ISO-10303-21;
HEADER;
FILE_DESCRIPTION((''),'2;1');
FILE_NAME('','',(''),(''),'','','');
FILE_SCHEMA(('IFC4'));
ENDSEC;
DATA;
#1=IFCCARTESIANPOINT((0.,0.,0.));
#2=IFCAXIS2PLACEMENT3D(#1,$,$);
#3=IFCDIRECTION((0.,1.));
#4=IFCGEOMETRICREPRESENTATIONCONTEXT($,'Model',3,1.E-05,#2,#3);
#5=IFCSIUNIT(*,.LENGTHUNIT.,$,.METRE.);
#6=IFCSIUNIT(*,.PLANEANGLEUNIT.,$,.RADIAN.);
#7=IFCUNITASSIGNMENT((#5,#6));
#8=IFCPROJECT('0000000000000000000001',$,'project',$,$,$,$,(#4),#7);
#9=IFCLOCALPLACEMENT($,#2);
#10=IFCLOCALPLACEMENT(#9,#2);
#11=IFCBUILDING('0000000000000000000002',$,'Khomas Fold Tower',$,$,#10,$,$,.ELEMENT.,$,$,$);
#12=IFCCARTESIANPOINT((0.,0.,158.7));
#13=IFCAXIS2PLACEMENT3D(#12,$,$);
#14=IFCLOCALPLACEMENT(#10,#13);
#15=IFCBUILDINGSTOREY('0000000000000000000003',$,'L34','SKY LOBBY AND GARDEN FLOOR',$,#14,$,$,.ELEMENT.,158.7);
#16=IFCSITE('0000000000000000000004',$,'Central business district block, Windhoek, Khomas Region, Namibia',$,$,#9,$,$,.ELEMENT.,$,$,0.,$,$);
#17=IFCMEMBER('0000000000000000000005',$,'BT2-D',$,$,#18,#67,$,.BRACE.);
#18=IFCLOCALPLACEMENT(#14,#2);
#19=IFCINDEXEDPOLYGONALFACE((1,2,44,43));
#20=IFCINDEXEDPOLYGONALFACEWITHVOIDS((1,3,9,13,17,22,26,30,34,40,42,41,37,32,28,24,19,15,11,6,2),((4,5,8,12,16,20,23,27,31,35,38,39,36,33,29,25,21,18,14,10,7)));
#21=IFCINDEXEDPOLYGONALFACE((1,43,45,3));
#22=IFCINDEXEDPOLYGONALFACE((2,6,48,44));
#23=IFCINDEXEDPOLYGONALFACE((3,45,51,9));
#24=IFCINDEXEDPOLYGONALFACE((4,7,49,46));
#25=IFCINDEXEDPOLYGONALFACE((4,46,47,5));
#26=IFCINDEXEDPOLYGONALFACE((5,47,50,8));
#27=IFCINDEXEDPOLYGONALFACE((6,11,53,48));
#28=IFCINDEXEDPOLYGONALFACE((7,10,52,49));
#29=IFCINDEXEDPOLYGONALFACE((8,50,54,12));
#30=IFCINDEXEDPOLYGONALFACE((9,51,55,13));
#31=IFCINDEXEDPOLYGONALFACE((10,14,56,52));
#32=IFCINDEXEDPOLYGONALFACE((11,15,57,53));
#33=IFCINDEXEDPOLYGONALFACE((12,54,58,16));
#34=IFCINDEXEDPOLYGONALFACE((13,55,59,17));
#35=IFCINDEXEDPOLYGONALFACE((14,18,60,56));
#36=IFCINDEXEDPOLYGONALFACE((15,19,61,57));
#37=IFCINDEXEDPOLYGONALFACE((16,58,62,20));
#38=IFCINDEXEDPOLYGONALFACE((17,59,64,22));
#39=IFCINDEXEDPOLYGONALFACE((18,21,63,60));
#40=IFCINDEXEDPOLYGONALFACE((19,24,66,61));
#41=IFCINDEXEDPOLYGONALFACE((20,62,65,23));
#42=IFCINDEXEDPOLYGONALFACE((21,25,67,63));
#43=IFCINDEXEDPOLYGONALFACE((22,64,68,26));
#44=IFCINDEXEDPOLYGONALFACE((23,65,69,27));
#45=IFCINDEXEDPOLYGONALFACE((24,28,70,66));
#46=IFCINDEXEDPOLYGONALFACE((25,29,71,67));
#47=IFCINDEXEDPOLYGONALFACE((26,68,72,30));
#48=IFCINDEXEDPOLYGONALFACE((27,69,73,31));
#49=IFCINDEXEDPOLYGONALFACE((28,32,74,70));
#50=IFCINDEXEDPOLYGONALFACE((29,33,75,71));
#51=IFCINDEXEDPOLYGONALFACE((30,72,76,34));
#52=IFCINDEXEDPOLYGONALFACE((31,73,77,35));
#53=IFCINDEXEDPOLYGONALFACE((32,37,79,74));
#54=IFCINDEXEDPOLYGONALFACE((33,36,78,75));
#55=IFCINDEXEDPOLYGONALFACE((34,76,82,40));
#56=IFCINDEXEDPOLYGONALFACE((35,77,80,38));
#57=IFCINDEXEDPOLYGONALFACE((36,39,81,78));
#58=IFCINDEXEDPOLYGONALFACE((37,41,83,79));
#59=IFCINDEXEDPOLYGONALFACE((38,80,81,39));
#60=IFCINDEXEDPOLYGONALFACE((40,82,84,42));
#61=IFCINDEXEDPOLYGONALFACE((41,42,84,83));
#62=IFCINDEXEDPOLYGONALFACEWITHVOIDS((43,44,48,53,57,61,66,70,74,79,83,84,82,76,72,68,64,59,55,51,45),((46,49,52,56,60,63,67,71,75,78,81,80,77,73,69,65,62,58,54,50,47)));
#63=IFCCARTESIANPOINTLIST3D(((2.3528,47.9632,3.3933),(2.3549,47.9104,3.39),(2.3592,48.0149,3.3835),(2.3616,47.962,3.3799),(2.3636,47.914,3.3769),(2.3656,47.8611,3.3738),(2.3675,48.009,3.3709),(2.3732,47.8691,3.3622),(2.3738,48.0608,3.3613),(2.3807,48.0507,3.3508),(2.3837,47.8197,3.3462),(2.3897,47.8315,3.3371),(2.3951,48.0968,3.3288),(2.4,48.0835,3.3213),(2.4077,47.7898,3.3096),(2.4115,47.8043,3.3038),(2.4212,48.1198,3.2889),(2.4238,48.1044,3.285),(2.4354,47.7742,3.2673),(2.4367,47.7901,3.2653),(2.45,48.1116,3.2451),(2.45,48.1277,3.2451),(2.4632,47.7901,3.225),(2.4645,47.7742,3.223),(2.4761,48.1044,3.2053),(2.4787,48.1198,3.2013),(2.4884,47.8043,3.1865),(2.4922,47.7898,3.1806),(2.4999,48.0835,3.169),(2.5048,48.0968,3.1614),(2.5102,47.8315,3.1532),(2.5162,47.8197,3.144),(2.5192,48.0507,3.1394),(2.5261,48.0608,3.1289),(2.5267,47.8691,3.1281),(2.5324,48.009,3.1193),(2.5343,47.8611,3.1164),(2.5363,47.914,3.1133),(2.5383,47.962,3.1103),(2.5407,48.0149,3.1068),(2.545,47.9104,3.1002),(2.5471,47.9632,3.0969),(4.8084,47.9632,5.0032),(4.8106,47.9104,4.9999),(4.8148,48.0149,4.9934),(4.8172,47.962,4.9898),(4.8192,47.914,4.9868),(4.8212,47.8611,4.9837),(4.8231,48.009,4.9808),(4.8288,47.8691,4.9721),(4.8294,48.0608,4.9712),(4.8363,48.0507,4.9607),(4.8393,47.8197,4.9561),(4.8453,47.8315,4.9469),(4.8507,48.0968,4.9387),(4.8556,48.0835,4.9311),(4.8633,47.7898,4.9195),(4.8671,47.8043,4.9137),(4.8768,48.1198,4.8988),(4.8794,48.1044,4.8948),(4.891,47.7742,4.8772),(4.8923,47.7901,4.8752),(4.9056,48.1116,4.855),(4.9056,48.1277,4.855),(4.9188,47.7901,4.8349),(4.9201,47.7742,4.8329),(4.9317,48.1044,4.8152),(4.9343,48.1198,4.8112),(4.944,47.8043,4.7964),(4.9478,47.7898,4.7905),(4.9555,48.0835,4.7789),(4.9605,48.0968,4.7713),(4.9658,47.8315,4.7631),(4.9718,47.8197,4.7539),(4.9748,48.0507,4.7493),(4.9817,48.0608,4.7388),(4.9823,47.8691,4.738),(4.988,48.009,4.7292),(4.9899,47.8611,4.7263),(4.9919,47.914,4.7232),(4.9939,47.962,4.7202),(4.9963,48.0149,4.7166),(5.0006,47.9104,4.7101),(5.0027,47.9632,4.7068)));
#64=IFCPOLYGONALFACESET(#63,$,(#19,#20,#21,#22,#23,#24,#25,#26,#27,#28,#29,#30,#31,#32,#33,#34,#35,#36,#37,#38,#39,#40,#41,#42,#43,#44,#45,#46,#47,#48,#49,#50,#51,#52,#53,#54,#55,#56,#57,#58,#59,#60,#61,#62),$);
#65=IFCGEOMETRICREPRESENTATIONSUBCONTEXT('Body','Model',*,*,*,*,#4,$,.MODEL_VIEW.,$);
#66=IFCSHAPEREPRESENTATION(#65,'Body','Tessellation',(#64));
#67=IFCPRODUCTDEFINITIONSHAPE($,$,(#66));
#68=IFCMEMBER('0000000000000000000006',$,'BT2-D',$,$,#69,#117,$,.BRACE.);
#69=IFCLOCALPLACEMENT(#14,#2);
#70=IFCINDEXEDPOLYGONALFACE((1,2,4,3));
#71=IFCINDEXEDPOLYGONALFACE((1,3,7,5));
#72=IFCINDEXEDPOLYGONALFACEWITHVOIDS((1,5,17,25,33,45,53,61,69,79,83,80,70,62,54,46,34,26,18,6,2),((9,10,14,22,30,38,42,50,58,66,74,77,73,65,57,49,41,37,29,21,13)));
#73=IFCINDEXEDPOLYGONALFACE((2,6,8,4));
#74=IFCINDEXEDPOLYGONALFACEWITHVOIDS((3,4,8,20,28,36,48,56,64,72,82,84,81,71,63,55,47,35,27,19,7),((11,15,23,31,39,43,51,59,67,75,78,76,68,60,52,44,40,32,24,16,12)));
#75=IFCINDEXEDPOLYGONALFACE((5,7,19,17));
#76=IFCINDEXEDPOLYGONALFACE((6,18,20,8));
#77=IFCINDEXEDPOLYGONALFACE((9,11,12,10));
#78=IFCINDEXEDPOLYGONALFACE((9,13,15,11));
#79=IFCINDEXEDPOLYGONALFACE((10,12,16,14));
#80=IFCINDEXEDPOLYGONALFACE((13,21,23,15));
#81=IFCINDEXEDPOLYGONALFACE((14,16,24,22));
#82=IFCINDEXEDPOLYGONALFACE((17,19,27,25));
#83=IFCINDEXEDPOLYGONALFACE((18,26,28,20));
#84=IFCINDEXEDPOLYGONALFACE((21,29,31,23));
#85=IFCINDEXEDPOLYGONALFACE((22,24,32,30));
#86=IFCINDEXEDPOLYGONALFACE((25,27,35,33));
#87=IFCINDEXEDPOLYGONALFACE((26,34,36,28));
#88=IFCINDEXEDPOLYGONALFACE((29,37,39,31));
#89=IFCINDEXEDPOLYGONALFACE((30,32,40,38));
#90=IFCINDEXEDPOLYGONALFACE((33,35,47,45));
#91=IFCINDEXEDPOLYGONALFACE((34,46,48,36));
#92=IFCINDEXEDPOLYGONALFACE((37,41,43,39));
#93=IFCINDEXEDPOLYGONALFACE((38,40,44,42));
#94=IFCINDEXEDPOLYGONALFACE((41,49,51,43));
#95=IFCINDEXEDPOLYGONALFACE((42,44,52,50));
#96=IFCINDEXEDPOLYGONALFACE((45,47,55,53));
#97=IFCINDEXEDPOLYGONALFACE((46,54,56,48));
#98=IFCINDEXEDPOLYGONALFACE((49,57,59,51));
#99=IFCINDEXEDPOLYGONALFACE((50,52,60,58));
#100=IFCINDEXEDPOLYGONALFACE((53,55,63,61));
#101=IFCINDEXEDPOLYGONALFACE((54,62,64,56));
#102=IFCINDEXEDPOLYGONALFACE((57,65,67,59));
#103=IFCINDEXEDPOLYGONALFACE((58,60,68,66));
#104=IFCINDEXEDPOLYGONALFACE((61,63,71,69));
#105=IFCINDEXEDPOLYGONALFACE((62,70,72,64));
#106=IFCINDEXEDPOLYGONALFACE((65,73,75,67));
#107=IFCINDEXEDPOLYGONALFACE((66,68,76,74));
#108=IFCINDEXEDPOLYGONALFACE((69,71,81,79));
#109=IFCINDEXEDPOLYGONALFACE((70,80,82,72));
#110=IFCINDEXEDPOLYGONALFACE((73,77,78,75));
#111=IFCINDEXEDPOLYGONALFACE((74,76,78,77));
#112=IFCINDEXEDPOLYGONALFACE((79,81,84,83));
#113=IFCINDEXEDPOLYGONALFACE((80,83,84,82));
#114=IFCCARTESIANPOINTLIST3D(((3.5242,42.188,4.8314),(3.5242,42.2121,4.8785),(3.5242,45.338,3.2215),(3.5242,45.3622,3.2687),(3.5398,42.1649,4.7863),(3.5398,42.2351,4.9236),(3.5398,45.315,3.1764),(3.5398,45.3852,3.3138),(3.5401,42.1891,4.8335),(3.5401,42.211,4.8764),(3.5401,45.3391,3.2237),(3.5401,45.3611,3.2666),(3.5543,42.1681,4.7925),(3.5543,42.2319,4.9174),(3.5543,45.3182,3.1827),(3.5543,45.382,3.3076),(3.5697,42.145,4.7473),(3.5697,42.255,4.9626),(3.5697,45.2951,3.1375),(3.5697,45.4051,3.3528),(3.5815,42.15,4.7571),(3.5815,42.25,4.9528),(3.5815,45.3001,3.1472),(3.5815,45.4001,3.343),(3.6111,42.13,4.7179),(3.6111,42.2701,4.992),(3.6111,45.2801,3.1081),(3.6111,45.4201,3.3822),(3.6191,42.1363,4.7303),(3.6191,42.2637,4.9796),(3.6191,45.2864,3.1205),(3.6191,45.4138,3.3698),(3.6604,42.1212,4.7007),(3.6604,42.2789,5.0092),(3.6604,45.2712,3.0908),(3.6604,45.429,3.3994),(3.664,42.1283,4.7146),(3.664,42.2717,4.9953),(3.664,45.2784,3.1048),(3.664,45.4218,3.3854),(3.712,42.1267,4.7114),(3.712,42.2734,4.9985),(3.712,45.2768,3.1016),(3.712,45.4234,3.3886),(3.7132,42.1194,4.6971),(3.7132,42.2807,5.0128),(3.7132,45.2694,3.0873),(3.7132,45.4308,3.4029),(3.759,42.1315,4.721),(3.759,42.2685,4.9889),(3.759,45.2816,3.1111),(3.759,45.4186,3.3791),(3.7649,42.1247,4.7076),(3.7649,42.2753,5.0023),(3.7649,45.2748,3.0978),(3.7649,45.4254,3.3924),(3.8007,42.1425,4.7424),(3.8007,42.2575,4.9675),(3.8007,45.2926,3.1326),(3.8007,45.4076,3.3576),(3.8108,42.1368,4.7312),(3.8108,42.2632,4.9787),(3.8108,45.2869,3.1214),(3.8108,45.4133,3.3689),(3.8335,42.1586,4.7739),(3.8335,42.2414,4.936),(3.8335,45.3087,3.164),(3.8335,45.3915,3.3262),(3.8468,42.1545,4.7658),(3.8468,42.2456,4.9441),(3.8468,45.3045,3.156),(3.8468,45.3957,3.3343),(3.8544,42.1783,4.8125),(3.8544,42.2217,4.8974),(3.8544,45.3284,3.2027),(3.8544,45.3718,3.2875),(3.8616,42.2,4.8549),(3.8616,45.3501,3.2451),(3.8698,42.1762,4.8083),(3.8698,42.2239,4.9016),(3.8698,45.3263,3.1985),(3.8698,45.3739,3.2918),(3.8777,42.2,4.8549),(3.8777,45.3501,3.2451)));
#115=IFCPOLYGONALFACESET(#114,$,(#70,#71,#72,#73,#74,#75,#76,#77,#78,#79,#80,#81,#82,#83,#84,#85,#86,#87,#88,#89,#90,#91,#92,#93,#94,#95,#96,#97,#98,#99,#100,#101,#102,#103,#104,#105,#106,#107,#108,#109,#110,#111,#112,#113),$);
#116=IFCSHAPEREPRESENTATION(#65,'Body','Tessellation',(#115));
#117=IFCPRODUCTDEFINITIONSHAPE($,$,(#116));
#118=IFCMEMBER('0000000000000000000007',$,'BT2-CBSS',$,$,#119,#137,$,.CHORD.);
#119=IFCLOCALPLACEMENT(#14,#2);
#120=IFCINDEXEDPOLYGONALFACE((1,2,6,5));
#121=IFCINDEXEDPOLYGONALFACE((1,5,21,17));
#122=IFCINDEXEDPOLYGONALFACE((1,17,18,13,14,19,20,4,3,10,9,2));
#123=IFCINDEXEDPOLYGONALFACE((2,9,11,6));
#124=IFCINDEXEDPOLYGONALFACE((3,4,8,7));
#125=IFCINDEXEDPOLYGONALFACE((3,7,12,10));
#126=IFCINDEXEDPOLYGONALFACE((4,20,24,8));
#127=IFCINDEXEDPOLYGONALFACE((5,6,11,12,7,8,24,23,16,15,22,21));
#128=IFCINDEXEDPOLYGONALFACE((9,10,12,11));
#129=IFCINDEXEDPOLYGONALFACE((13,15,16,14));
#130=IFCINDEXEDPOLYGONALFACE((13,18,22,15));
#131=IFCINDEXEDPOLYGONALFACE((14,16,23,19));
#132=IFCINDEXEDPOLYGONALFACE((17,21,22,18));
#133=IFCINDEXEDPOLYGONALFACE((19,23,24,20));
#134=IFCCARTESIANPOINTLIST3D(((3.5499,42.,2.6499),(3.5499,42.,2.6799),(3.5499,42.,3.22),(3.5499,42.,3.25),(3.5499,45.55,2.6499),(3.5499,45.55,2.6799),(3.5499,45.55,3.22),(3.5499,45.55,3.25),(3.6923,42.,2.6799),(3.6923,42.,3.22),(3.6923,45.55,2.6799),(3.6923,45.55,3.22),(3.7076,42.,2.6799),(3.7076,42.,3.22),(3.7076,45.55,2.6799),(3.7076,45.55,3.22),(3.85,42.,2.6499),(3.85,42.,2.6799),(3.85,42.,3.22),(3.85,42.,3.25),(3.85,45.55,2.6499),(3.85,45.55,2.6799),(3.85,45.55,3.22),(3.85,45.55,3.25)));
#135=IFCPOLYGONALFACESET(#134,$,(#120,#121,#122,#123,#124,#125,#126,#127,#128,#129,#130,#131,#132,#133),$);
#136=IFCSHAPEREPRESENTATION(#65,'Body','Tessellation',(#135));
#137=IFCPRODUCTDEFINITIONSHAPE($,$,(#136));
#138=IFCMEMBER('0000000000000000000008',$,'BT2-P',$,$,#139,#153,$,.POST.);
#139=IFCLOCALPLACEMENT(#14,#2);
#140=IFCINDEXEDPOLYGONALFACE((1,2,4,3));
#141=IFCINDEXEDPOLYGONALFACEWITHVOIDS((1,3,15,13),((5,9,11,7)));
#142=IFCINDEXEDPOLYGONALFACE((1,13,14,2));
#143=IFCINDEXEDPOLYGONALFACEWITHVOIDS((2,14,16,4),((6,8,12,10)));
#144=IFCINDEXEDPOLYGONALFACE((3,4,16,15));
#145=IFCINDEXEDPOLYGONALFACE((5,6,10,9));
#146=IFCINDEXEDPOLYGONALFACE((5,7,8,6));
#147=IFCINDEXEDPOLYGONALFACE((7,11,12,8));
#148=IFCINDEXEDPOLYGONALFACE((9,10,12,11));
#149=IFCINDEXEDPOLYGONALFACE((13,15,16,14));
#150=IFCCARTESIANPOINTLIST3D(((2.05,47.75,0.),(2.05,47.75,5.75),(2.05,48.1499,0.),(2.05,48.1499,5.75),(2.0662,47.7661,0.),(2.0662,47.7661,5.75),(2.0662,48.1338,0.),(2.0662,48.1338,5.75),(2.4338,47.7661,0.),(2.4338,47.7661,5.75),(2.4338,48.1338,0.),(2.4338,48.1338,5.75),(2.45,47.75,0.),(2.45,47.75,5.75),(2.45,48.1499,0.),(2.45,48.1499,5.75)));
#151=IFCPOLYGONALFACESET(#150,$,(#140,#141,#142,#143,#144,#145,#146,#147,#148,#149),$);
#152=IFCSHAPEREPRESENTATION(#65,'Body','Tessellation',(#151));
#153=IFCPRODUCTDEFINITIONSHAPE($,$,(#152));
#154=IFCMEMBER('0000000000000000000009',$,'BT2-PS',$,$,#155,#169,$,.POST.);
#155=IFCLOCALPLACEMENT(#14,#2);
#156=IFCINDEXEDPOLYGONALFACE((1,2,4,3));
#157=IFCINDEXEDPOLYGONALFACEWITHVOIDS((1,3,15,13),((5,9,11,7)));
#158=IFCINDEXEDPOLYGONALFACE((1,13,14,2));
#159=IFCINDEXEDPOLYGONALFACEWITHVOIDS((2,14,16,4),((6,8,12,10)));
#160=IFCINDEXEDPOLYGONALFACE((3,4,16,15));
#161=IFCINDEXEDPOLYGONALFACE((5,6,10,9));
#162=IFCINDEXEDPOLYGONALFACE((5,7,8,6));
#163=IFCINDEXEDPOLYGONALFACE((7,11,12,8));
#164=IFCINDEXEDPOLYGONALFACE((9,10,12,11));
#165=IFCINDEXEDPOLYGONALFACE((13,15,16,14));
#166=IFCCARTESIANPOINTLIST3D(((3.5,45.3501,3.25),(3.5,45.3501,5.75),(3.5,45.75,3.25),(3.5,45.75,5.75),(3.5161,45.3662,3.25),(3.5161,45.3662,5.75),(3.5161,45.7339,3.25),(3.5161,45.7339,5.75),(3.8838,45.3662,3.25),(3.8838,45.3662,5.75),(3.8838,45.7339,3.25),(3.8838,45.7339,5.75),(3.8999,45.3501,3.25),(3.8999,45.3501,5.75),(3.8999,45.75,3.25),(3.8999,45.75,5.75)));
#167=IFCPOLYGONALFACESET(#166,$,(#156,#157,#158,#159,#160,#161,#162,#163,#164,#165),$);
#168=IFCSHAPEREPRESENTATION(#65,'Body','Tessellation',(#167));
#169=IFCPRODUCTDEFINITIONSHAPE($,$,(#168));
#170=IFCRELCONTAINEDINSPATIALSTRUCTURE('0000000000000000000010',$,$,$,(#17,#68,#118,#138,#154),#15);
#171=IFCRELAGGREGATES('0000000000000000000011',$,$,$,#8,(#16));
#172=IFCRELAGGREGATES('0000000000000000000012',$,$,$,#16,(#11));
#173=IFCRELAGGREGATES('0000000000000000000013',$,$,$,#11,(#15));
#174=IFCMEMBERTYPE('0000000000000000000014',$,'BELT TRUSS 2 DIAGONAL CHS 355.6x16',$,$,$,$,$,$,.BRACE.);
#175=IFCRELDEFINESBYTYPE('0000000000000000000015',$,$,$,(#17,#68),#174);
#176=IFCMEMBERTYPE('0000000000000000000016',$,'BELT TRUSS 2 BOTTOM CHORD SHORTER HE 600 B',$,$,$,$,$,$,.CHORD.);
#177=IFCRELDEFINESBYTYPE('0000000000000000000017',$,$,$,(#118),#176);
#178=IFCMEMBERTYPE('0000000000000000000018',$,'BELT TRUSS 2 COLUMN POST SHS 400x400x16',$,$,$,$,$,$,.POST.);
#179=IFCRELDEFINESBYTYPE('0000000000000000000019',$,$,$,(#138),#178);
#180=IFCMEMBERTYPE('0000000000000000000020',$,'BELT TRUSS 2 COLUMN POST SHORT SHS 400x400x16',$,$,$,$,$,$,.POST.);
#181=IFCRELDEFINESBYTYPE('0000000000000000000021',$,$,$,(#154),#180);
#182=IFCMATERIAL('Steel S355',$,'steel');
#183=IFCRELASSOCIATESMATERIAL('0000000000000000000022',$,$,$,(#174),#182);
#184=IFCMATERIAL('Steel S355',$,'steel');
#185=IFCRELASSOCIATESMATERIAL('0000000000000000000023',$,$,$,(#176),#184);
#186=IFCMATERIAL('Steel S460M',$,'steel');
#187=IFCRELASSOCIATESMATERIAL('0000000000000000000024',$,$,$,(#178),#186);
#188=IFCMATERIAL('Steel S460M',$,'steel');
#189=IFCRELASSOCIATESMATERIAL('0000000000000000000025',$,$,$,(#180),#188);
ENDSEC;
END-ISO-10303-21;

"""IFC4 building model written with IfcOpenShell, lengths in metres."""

from ifc_helpers import new_model, si_unit, direction, frame, origin, origin_2d, place, context, subcontext, project, spatial, hollow_rectangle, hollow_circle, i_section, extrude, source, transform, mapped, material, material_profile, profile_set, type_object, element, save


model = new_model("IFC4")

# Units and contexts
model_context = context("Model", 3, precision=1e-05, world=origin(), true_north=direction((0.0, 1.0)))
body_context = subcontext(model_context, "Body", "Model", "MODEL_VIEW")
ifc_project = project(units=[si_unit("LENGTHUNIT", "METRE"), si_unit("PLANEANGLEUNIT", "RADIAN")], contexts=[model_context])

# Site, building, storey
site_placement = place(None, origin())
site = spatial("IfcSite", under=ifc_project, at=site_placement, Name="Central business district block, Windhoek, Khomas Region, Namibia", CompositionType="ELEMENT", RefElevation=0.0)
building_placement = place(site_placement, origin())
building = spatial("IfcBuilding", under=site, at=building_placement, Name="Khomas Fold Tower", CompositionType="ELEMENT")
storey_placement = place(building_placement, frame((0.0, 0.0, 158.7)))
storey = spatial("IfcBuildingStorey", under=building, at=storey_placement, Name="L34", Description="SKY LOBBY AND GARDEN FLOOR", CompositionType="ELEMENT", Elevation=158.7)

# Members
ifc_material_1 = material(Name="Steel S355", Category="steel")
ifc_material_profile_1 = material_profile(ifc_material_1, hollow_circle(Radius=0.1777, WallThickness=0.0161, at=origin_2d()), Name="CHS 355.6x16")
ifc_profile_set_1 = profile_set([ifc_material_profile_1], Name="Steel S355")
member_type_1 = type_object("IfcMemberType", Name="BELT TRUSS 2 DIAGONAL CHS 355.6x16", PredefinedType="BRACE", material=ifc_profile_set_1)
ifc_material_2 = material(Name="Steel S355", Category="steel")
ifc_material_profile_2 = material_profile(ifc_material_2, i_section(OverallWidth=0.3, OverallDepth=0.6001, WebThickness=0.0154, FlangeThickness=0.03, at=origin_2d()), Name="HE 600 B")
ifc_profile_set_2 = profile_set([ifc_material_profile_2], Name="Steel S355")
member_type_2 = type_object("IfcMemberType", Name="BELT TRUSS 2 BOTTOM CHORD SHORTER HE 600 B", PredefinedType="CHORD", material=ifc_profile_set_2)
shared_shape_1 = source(origin(), body_context, "Body", "SweptSolid", [
    extrude(hollow_circle(Radius=0.1777, WallThickness=0.0161, at=origin_2d()), origin(), (0.0, 0.0, 1.0), 2.9363),
])
member_1_placement = place(storey_placement, frame((2.45, 47.95, 3.2451), z_axis=(0.836298, 0.0, 0.548275), x_axis=(0.0, 1.0, 0.0)))
element("IfcMember", 1, at=member_1_placement, inside=storey, type_object=member_type_1, Name="BT2-D", PredefinedType="BRACE", context=body_context, shape_type="MappedRepresentation", body=[
    mapped(shared_shape_1, transform((0.0, 0.0, 0.0))),
])
shared_shape_2 = source(origin(), body_context, "Body", "SweptSolid", [
    extrude(hollow_circle(Radius=0.1777, WallThickness=0.0161, at=origin_2d()), origin(), (0.0, 0.0, 1.0), 3.5376),
])
member_2_placement = place(storey_placement, frame((3.7, 45.3501, 3.2451), z_axis=(0.0, -0.890459, 0.455064), x_axis=(1.0, 0.0, 0.0)))
element("IfcMember", 2, at=member_2_placement, inside=storey, type_object=member_type_1, Name="BT2-D", PredefinedType="BRACE", context=body_context, shape_type="MappedRepresentation", body=[
    mapped(shared_shape_2, transform((0.0, 0.0, 0.0))),
])
shared_shape_3 = source(origin(), body_context, "Body", "SweptSolid", [
    extrude(i_section(OverallWidth=0.3, OverallDepth=0.6001, WebThickness=0.0154, FlangeThickness=0.03, at=origin_2d()), origin(), (0.0, 0.0, 1.0), 3.55),
])
member_3_placement = place(storey_placement, frame((3.7, 45.55, 2.95), z_axis=(0.0, -1.0, 0.0), x_axis=(1.0, 0.0, 0.0)))
element("IfcMember", 3, at=member_3_placement, inside=storey, type_object=member_type_2, Name="BT2-CBSS", PredefinedType="CHORD", context=body_context, shape_type="MappedRepresentation", body=[
    mapped(shared_shape_3, transform((0.0, 0.0, 0.0))),
])
ifc_material_3 = material(Name="Steel S460M", Category="steel")
ifc_material_profile_3 = material_profile(ifc_material_3, hollow_rectangle(XDim=0.3999, YDim=0.3999, WallThickness=0.0161, at=origin_2d()), Name="SHS 400x400x16")
ifc_profile_set_3 = profile_set([ifc_material_profile_3], Name="Steel S460M")
member_type_3 = type_object("IfcMemberType", Name="BELT TRUSS 2 COLUMN POST SHS 400x400x16", PredefinedType="POST", material=ifc_profile_set_3)
shared_shape_4 = source(origin(), body_context, "Body", "SweptSolid", [
    extrude(hollow_rectangle(XDim=0.3999, YDim=0.3999, WallThickness=0.0161, at=origin_2d()), origin(), (0.0, 0.0, 1.0), 5.75),
])
member_4_placement = place(storey_placement, frame((2.25, 47.95, 0.0), z_axis=(0.0, 0.0, 1.0), x_axis=(1.0, 0.0, 0.0)))
element("IfcMember", 4, at=member_4_placement, inside=storey, type_object=member_type_3, Name="BT2-P", PredefinedType="POST", context=body_context, shape_type="MappedRepresentation", body=[
    mapped(shared_shape_4, transform((0.0, 0.0, 0.0))),
])
ifc_material_4 = material(Name="Steel S460M", Category="steel")
ifc_material_profile_4 = material_profile(ifc_material_4, hollow_rectangle(XDim=0.3999, YDim=0.3999, WallThickness=0.0161, at=origin_2d()), Name="SHS 400x400x16")
ifc_profile_set_4 = profile_set([ifc_material_profile_4], Name="Steel S460M")
member_type_4 = type_object("IfcMemberType", Name="BELT TRUSS 2 COLUMN POST SHORT SHS 400x400x16", PredefinedType="POST", material=ifc_profile_set_4)
shared_shape_5 = source(origin(), body_context, "Body", "SweptSolid", [
    extrude(hollow_rectangle(XDim=0.3999, YDim=0.3999, WallThickness=0.0161, at=origin_2d()), origin(), (0.0, 0.0, 1.0), 2.5),
])
member_5_placement = place(storey_placement, frame((3.7, 45.55, 3.25), z_axis=(0.0, 0.0, 1.0), x_axis=(1.0, 0.0, 0.0)))
element("IfcMember", 5, at=member_5_placement, inside=storey, type_object=member_type_4, Name="BT2-PS", PredefinedType="POST", context=body_context, shape_type="MappedRepresentation", body=[
    mapped(shared_shape_5, transform((0.0, 0.0, 0.0))),
])

save(model, "model.ifc")
